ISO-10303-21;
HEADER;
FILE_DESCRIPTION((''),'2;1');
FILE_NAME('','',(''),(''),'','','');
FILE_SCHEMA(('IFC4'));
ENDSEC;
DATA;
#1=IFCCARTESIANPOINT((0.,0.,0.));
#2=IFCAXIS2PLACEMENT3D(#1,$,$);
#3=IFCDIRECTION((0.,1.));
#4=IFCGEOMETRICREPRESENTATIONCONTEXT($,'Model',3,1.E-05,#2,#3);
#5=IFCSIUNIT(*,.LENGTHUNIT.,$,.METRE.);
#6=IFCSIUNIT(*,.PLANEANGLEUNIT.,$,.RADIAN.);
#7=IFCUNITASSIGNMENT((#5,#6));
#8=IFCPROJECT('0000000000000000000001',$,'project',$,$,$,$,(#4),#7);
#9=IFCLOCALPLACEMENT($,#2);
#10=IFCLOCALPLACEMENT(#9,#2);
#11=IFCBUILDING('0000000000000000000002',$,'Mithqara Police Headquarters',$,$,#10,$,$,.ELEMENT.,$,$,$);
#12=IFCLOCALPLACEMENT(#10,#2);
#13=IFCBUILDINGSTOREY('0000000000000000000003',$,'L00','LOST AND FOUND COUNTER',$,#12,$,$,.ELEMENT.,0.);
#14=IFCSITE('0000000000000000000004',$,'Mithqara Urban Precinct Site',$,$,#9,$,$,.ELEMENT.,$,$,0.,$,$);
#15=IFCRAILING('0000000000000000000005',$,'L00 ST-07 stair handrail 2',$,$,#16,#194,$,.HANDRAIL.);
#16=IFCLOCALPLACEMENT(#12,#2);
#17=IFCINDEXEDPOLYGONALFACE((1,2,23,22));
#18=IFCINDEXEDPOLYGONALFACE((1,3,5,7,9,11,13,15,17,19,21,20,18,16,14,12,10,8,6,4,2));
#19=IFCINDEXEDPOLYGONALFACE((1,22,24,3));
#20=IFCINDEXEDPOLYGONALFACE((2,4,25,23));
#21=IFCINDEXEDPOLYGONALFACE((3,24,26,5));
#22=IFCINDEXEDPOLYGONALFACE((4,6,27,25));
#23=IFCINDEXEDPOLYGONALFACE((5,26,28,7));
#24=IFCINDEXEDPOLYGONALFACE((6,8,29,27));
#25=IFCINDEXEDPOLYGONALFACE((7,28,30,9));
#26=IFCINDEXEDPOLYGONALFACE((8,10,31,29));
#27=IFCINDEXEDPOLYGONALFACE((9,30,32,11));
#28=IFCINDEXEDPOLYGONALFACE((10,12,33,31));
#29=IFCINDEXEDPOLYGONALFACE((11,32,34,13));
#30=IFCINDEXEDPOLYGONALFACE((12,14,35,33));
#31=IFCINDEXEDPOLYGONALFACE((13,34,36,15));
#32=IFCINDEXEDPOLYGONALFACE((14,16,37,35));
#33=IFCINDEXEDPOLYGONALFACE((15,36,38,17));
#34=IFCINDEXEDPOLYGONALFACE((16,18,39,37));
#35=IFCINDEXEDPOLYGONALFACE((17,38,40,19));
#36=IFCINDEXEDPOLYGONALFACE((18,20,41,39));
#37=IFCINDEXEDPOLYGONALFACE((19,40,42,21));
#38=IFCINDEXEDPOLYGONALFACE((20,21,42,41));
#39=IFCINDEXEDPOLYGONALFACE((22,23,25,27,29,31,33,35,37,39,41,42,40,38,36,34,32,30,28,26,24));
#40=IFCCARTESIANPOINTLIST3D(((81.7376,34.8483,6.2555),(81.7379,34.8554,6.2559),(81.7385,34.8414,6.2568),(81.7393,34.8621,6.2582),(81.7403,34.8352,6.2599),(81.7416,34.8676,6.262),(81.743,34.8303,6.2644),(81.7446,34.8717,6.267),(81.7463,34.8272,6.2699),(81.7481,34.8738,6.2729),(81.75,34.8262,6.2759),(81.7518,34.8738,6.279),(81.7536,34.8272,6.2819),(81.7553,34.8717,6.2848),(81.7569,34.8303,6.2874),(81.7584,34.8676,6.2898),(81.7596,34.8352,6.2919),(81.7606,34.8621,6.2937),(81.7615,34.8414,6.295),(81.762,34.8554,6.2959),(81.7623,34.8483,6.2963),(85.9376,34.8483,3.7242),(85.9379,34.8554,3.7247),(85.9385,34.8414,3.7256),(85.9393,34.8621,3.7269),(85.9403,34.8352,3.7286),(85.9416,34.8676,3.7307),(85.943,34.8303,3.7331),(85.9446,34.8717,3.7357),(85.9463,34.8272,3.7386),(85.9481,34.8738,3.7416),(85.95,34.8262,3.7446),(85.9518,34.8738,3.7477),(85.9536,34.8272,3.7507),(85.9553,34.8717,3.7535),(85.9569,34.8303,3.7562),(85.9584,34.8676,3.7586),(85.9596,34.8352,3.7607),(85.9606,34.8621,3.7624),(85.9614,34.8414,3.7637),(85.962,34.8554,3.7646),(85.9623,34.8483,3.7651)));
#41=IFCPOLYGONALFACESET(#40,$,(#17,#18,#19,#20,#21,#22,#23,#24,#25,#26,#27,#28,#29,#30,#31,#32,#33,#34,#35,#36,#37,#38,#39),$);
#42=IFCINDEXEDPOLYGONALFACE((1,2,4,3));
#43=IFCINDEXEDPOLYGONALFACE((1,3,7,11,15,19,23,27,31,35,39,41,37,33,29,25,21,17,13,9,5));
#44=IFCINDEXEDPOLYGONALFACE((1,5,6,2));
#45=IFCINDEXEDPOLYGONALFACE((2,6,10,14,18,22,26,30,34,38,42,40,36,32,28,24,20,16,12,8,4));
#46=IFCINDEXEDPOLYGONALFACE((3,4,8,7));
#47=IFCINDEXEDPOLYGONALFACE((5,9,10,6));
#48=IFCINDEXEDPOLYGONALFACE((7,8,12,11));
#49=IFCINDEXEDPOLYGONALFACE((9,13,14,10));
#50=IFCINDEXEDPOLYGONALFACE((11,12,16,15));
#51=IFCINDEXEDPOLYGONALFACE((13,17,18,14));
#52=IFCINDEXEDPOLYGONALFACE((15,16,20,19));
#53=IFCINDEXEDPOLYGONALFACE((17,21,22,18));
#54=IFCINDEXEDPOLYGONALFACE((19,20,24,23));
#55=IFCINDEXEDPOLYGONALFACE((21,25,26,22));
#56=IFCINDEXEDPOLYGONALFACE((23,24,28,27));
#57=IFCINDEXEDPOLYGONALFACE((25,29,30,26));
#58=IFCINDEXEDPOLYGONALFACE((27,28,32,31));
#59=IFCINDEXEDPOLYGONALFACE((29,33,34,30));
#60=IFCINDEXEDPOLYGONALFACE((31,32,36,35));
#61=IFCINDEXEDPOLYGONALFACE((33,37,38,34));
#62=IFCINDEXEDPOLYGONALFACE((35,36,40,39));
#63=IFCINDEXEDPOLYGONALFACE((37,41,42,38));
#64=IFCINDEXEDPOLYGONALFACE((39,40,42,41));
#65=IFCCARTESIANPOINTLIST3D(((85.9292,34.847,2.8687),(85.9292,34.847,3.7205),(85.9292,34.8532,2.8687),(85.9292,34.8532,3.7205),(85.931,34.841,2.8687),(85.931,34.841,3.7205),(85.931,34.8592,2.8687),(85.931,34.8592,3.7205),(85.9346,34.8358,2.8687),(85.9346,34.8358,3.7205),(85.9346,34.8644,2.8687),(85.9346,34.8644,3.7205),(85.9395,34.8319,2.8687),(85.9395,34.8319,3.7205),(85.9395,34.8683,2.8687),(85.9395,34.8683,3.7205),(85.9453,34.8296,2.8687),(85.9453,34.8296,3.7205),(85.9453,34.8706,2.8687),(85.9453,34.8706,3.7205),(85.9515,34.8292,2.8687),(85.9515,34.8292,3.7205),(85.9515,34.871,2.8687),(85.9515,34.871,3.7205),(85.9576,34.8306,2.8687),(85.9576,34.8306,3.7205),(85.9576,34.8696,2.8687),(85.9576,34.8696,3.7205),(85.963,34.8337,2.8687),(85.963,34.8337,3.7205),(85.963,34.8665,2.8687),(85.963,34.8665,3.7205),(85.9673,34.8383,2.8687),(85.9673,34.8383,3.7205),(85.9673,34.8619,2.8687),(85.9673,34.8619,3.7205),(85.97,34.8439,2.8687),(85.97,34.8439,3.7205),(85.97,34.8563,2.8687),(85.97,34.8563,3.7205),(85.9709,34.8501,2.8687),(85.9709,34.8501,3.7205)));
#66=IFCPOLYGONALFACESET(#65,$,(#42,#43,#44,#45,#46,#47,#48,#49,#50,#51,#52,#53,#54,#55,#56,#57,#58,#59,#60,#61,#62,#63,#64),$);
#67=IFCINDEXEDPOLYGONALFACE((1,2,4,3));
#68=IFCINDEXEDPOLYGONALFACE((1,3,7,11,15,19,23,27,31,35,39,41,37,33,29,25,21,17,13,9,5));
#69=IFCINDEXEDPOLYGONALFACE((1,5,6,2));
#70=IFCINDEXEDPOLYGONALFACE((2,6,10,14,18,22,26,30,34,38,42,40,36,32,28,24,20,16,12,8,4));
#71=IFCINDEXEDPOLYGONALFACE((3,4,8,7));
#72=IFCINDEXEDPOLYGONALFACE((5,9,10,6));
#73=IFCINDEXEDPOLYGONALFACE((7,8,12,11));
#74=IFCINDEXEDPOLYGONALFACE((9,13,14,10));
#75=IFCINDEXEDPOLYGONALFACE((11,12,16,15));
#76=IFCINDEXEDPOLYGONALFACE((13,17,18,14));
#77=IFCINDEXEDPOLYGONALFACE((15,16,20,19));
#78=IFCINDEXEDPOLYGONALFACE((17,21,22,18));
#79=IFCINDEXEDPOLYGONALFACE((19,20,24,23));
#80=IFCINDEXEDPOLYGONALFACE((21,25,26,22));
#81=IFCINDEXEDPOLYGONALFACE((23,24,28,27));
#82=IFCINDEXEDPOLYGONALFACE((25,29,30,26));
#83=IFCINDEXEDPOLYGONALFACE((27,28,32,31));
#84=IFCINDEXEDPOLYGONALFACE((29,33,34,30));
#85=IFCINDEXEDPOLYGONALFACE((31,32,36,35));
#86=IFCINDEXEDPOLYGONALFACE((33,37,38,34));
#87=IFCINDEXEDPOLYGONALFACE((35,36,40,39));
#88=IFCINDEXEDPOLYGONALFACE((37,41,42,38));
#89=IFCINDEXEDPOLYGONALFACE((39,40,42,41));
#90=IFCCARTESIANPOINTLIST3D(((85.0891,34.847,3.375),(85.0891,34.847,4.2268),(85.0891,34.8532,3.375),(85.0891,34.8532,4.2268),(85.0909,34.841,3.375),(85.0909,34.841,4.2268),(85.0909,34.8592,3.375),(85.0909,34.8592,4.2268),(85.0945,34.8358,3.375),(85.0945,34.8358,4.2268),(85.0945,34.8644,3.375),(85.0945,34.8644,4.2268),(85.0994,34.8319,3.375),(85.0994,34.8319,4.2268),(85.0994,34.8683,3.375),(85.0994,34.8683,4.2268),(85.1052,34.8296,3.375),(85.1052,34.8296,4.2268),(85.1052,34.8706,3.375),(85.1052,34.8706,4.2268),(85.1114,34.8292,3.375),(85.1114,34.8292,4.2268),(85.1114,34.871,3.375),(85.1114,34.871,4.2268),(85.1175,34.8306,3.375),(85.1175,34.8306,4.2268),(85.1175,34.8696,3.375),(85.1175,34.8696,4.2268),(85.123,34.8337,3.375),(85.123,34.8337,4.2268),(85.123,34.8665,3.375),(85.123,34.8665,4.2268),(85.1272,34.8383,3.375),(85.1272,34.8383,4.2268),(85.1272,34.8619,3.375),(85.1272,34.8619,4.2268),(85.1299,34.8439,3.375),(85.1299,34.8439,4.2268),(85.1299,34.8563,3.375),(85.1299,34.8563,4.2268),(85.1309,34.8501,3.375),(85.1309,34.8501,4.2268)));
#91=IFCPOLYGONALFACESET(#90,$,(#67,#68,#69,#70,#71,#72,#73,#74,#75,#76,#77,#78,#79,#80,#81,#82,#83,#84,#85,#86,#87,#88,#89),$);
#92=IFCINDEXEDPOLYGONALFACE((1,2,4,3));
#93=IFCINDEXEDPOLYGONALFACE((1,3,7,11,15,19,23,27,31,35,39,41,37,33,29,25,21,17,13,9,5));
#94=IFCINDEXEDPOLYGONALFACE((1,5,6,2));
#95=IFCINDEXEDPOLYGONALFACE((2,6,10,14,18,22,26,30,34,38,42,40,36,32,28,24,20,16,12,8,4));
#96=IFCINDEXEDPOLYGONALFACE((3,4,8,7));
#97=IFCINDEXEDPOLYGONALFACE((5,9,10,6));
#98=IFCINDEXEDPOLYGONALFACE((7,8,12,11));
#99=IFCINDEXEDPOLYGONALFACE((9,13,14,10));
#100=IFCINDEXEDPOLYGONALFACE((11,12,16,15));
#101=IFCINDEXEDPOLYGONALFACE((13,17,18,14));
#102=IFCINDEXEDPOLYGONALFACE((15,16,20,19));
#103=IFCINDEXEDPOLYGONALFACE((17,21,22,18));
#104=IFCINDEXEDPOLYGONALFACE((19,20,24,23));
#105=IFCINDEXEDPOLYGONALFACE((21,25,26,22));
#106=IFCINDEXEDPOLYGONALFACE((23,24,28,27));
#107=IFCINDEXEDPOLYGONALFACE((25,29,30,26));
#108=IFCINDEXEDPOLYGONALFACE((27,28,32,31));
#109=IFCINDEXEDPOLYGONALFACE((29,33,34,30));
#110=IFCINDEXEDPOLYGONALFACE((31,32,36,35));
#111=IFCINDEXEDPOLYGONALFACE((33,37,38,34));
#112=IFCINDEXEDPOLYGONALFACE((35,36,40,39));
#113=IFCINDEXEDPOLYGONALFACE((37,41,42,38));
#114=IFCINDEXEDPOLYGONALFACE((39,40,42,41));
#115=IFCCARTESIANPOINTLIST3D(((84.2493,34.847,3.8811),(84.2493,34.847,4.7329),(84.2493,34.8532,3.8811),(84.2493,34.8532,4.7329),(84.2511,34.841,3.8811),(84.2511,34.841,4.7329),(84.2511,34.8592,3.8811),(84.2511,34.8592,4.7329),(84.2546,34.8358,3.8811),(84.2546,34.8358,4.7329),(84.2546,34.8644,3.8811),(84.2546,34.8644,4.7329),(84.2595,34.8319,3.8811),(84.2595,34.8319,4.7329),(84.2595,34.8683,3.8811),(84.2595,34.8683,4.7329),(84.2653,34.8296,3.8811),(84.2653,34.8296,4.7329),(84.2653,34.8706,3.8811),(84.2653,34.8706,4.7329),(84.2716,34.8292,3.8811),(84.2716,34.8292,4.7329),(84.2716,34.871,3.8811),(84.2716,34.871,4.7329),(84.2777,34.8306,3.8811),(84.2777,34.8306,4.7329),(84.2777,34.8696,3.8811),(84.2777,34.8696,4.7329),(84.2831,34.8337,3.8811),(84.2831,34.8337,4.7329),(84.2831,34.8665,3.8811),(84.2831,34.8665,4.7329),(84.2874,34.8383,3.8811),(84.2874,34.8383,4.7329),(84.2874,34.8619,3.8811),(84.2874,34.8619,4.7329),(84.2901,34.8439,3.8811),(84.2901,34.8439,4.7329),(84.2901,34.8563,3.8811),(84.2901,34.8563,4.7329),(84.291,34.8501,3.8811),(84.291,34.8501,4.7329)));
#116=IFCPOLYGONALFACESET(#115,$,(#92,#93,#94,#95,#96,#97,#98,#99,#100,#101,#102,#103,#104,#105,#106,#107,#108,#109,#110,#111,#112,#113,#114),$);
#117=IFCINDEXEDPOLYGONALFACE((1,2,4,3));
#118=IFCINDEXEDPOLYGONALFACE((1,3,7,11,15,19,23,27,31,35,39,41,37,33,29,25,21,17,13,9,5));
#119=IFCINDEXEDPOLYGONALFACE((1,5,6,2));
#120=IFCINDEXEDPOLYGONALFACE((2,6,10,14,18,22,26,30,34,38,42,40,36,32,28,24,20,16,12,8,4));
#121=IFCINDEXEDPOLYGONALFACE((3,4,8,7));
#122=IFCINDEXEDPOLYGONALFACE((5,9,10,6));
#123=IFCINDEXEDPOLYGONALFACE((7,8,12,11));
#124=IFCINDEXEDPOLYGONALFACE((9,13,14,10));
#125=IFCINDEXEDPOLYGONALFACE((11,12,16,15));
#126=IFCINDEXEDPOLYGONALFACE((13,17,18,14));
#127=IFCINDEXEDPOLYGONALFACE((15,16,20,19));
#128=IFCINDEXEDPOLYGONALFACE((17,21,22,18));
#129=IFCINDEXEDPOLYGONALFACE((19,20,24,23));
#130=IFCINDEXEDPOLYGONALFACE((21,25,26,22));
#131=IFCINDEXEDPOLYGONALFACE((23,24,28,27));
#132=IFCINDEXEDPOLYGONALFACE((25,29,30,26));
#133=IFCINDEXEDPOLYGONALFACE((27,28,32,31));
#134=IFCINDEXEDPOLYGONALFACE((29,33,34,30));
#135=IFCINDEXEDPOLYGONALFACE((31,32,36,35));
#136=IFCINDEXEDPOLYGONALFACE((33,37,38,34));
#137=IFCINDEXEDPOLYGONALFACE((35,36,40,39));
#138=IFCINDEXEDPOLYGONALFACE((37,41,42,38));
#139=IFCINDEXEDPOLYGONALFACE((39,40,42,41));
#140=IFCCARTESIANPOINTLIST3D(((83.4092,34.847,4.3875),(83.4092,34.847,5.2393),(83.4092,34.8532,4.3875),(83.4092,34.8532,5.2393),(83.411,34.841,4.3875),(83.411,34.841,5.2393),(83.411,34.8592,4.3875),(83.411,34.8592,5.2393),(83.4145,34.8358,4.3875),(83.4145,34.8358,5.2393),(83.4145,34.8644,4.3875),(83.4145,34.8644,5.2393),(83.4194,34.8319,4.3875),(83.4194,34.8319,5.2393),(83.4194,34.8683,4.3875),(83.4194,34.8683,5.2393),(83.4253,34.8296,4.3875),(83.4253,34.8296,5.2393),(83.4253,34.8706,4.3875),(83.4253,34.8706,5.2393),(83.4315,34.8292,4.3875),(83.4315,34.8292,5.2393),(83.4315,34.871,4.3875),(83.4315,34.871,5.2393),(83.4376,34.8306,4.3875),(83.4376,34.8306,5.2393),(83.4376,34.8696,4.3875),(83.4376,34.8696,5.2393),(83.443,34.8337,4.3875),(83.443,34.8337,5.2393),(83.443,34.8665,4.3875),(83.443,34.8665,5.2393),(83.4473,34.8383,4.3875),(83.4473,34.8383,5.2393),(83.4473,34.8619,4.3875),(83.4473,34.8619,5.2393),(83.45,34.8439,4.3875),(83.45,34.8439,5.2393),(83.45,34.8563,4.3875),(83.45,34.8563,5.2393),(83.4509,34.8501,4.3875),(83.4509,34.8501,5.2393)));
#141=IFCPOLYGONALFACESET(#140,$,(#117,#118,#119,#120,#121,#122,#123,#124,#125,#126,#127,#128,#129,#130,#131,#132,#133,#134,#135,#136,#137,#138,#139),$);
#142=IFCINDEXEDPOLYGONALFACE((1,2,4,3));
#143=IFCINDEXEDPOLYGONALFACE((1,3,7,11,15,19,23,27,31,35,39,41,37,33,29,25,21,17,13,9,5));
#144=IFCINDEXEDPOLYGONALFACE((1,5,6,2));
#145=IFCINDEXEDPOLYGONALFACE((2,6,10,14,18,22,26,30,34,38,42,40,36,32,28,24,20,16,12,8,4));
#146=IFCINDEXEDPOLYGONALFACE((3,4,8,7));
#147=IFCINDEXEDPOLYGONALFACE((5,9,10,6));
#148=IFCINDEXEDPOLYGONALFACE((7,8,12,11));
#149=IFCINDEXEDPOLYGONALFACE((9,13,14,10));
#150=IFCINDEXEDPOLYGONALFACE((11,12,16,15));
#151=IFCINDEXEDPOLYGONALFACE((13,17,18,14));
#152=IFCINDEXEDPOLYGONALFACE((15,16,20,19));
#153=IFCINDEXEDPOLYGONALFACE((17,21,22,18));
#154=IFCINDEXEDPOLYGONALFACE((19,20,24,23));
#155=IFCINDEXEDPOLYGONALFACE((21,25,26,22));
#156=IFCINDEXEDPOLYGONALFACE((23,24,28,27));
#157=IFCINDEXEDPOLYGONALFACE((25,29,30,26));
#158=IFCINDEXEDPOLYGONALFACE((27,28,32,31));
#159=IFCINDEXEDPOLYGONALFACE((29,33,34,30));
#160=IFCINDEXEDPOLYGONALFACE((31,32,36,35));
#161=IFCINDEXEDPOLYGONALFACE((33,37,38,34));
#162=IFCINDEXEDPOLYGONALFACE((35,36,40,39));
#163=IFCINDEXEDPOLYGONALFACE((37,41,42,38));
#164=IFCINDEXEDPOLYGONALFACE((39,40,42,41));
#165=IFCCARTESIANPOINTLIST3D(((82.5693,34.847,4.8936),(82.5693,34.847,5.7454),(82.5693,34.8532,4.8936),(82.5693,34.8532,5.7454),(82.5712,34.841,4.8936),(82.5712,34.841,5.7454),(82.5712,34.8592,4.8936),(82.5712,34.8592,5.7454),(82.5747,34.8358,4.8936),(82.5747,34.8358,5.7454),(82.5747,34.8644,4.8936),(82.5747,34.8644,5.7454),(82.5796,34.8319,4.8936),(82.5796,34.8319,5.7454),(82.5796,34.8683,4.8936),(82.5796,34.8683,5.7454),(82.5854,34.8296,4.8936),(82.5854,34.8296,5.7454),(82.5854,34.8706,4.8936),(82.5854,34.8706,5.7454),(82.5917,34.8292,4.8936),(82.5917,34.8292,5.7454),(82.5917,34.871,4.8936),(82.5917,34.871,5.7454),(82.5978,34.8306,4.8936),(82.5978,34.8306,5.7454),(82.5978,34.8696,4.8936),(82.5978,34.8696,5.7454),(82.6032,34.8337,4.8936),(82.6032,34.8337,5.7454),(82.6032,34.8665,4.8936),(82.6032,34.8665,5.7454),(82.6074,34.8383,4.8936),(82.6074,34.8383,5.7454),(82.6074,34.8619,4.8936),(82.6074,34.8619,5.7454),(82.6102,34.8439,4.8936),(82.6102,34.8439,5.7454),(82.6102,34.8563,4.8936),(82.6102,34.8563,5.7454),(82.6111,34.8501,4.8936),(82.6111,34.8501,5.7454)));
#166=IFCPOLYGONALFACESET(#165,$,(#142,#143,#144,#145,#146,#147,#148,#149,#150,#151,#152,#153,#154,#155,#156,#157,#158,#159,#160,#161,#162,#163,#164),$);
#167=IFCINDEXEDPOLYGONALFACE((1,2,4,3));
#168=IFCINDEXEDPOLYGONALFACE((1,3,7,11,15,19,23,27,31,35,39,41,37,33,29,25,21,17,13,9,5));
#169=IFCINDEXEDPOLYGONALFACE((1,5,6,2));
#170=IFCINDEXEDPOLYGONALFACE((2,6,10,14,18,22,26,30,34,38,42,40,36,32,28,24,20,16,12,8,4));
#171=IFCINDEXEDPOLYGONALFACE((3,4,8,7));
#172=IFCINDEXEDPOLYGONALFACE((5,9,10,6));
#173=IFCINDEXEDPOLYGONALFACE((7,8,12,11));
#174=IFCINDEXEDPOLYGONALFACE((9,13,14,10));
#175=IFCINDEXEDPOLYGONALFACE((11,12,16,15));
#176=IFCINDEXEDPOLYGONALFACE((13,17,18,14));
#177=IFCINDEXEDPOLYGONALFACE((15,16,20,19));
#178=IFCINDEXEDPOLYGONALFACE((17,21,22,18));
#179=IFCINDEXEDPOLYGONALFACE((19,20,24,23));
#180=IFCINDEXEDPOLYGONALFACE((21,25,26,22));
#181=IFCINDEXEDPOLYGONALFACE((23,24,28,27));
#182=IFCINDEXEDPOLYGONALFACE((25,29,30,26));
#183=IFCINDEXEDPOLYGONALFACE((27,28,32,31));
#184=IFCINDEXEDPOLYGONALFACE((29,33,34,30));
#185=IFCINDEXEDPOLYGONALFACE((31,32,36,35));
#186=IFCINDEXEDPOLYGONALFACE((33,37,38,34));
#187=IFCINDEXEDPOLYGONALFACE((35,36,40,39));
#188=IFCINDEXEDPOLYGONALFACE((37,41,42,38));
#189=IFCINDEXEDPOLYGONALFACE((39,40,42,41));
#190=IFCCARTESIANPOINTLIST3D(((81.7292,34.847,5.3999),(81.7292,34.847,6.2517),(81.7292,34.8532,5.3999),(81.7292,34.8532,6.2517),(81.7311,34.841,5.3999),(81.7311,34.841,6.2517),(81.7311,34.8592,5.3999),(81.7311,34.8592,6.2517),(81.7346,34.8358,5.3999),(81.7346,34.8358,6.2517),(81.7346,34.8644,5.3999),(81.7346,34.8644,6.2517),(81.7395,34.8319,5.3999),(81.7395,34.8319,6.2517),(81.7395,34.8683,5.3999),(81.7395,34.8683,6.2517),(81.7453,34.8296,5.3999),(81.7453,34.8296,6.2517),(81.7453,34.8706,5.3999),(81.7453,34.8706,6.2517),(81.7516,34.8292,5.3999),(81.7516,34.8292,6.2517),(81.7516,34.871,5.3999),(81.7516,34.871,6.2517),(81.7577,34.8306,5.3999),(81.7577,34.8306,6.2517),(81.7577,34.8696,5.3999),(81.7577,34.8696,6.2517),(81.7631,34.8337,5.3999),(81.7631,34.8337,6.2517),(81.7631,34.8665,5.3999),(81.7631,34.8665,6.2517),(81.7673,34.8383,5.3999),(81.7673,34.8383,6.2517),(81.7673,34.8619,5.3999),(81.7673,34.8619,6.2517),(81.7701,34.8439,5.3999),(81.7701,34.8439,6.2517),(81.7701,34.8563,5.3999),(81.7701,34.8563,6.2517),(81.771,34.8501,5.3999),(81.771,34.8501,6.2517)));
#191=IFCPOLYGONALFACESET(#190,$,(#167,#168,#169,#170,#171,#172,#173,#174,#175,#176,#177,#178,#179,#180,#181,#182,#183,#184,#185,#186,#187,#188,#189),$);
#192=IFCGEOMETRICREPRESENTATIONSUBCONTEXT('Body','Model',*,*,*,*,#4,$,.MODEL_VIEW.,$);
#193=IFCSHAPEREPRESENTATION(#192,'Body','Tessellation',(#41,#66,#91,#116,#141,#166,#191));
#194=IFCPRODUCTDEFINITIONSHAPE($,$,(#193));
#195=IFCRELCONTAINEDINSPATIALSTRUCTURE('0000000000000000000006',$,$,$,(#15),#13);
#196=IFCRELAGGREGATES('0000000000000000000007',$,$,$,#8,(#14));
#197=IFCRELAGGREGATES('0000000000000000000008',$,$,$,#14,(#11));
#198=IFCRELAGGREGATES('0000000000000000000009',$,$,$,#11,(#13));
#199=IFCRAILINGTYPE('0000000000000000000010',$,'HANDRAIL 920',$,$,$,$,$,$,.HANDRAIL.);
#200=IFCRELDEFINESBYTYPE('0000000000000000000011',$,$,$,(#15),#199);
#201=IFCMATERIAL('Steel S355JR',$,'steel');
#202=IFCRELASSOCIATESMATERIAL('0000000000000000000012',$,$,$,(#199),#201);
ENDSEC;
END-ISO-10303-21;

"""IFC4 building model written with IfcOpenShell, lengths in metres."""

from ifc_helpers import new_model, si_unit, direction, frame, origin, origin_2d, place, context, subcontext, project, spatial, circle, extrude, material, type_object, element, save


model = new_model("IFC4")

# Units and contexts
model_context = context("Model", 3, precision=1e-05, world=origin(), true_north=direction((0.0, 1.0)))
body_context = subcontext(model_context, "Body", "Model", "MODEL_VIEW")
ifc_project = project(units=[si_unit("LENGTHUNIT", "METRE"), si_unit("PLANEANGLEUNIT", "RADIAN")], contexts=[model_context])

# Site, building, storey
site_placement = place(None, origin())
site = spatial("IfcSite", under=ifc_project, at=site_placement, Name="Mithqara Urban Precinct Site", CompositionType="ELEMENT", RefElevation=0.0)
building_placement = place(site_placement, origin())
building = spatial("IfcBuilding", under=site, at=building_placement, Name="Mithqara Police Headquarters", CompositionType="ELEMENT")
storey_placement = place(building_placement, origin())
storey = spatial("IfcBuildingStorey", under=building, at=storey_placement, Name="L00", Description="LOST AND FOUND COUNTER", CompositionType="ELEMENT", Elevation=0.0)

# Shared definitions
ifc_material_1 = material(Name="Steel S355JR", Category="steel")

# Railing
railing_type_1 = type_object("IfcRailingType", Name="HANDRAIL 920", PredefinedType="HANDRAIL", material=ifc_material_1)
railing_1_placement = place(storey_placement, frame((85.95, 34.8501, 2.8687)))
element("IfcRailing", 1, at=railing_1_placement, inside=storey, type_object=railing_type_1, Name="L00 ST-07 stair handrail 2", PredefinedType="HANDRAIL", context=body_context, shape_type="SweptSolid", body=[
    extrude(circle(Radius=0.0239, at=origin_2d()), frame((0.0, 0.0, 0.876), z_axis=(-0.856476, 0.0, 0.516186), x_axis=(0.0, -1.0, 0.0)), (0.0, 0.0, 1.0), 4.9038),
    extrude(circle(Radius=0.021, at=origin_2d()), origin(), (0.0, 0.0, 1.0), 0.8518),
    extrude(circle(Radius=0.021, at=origin_2d()), frame((-0.8401, 0.0, 0.5063)), (0.0, 0.0, 1.0), 0.8518),
    extrude(circle(Radius=0.021, at=origin_2d()), frame((-1.6799, 0.0, 1.0125)), (0.0, 0.0, 1.0), 0.8518),
    extrude(circle(Radius=0.021, at=origin_2d()), frame((-2.52, 0.0, 1.5188)), (0.0, 0.0, 1.0), 0.8518),
    extrude(circle(Radius=0.021, at=origin_2d()), frame((-3.3599, 0.0, 2.0249)), (0.0, 0.0, 1.0), 0.8518),
    extrude(circle(Radius=0.021, at=origin_2d()), frame((-4.2, 0.0, 2.5312)), (0.0, 0.0, 1.0), 0.8518),
])

save(model, "model.ifc")
